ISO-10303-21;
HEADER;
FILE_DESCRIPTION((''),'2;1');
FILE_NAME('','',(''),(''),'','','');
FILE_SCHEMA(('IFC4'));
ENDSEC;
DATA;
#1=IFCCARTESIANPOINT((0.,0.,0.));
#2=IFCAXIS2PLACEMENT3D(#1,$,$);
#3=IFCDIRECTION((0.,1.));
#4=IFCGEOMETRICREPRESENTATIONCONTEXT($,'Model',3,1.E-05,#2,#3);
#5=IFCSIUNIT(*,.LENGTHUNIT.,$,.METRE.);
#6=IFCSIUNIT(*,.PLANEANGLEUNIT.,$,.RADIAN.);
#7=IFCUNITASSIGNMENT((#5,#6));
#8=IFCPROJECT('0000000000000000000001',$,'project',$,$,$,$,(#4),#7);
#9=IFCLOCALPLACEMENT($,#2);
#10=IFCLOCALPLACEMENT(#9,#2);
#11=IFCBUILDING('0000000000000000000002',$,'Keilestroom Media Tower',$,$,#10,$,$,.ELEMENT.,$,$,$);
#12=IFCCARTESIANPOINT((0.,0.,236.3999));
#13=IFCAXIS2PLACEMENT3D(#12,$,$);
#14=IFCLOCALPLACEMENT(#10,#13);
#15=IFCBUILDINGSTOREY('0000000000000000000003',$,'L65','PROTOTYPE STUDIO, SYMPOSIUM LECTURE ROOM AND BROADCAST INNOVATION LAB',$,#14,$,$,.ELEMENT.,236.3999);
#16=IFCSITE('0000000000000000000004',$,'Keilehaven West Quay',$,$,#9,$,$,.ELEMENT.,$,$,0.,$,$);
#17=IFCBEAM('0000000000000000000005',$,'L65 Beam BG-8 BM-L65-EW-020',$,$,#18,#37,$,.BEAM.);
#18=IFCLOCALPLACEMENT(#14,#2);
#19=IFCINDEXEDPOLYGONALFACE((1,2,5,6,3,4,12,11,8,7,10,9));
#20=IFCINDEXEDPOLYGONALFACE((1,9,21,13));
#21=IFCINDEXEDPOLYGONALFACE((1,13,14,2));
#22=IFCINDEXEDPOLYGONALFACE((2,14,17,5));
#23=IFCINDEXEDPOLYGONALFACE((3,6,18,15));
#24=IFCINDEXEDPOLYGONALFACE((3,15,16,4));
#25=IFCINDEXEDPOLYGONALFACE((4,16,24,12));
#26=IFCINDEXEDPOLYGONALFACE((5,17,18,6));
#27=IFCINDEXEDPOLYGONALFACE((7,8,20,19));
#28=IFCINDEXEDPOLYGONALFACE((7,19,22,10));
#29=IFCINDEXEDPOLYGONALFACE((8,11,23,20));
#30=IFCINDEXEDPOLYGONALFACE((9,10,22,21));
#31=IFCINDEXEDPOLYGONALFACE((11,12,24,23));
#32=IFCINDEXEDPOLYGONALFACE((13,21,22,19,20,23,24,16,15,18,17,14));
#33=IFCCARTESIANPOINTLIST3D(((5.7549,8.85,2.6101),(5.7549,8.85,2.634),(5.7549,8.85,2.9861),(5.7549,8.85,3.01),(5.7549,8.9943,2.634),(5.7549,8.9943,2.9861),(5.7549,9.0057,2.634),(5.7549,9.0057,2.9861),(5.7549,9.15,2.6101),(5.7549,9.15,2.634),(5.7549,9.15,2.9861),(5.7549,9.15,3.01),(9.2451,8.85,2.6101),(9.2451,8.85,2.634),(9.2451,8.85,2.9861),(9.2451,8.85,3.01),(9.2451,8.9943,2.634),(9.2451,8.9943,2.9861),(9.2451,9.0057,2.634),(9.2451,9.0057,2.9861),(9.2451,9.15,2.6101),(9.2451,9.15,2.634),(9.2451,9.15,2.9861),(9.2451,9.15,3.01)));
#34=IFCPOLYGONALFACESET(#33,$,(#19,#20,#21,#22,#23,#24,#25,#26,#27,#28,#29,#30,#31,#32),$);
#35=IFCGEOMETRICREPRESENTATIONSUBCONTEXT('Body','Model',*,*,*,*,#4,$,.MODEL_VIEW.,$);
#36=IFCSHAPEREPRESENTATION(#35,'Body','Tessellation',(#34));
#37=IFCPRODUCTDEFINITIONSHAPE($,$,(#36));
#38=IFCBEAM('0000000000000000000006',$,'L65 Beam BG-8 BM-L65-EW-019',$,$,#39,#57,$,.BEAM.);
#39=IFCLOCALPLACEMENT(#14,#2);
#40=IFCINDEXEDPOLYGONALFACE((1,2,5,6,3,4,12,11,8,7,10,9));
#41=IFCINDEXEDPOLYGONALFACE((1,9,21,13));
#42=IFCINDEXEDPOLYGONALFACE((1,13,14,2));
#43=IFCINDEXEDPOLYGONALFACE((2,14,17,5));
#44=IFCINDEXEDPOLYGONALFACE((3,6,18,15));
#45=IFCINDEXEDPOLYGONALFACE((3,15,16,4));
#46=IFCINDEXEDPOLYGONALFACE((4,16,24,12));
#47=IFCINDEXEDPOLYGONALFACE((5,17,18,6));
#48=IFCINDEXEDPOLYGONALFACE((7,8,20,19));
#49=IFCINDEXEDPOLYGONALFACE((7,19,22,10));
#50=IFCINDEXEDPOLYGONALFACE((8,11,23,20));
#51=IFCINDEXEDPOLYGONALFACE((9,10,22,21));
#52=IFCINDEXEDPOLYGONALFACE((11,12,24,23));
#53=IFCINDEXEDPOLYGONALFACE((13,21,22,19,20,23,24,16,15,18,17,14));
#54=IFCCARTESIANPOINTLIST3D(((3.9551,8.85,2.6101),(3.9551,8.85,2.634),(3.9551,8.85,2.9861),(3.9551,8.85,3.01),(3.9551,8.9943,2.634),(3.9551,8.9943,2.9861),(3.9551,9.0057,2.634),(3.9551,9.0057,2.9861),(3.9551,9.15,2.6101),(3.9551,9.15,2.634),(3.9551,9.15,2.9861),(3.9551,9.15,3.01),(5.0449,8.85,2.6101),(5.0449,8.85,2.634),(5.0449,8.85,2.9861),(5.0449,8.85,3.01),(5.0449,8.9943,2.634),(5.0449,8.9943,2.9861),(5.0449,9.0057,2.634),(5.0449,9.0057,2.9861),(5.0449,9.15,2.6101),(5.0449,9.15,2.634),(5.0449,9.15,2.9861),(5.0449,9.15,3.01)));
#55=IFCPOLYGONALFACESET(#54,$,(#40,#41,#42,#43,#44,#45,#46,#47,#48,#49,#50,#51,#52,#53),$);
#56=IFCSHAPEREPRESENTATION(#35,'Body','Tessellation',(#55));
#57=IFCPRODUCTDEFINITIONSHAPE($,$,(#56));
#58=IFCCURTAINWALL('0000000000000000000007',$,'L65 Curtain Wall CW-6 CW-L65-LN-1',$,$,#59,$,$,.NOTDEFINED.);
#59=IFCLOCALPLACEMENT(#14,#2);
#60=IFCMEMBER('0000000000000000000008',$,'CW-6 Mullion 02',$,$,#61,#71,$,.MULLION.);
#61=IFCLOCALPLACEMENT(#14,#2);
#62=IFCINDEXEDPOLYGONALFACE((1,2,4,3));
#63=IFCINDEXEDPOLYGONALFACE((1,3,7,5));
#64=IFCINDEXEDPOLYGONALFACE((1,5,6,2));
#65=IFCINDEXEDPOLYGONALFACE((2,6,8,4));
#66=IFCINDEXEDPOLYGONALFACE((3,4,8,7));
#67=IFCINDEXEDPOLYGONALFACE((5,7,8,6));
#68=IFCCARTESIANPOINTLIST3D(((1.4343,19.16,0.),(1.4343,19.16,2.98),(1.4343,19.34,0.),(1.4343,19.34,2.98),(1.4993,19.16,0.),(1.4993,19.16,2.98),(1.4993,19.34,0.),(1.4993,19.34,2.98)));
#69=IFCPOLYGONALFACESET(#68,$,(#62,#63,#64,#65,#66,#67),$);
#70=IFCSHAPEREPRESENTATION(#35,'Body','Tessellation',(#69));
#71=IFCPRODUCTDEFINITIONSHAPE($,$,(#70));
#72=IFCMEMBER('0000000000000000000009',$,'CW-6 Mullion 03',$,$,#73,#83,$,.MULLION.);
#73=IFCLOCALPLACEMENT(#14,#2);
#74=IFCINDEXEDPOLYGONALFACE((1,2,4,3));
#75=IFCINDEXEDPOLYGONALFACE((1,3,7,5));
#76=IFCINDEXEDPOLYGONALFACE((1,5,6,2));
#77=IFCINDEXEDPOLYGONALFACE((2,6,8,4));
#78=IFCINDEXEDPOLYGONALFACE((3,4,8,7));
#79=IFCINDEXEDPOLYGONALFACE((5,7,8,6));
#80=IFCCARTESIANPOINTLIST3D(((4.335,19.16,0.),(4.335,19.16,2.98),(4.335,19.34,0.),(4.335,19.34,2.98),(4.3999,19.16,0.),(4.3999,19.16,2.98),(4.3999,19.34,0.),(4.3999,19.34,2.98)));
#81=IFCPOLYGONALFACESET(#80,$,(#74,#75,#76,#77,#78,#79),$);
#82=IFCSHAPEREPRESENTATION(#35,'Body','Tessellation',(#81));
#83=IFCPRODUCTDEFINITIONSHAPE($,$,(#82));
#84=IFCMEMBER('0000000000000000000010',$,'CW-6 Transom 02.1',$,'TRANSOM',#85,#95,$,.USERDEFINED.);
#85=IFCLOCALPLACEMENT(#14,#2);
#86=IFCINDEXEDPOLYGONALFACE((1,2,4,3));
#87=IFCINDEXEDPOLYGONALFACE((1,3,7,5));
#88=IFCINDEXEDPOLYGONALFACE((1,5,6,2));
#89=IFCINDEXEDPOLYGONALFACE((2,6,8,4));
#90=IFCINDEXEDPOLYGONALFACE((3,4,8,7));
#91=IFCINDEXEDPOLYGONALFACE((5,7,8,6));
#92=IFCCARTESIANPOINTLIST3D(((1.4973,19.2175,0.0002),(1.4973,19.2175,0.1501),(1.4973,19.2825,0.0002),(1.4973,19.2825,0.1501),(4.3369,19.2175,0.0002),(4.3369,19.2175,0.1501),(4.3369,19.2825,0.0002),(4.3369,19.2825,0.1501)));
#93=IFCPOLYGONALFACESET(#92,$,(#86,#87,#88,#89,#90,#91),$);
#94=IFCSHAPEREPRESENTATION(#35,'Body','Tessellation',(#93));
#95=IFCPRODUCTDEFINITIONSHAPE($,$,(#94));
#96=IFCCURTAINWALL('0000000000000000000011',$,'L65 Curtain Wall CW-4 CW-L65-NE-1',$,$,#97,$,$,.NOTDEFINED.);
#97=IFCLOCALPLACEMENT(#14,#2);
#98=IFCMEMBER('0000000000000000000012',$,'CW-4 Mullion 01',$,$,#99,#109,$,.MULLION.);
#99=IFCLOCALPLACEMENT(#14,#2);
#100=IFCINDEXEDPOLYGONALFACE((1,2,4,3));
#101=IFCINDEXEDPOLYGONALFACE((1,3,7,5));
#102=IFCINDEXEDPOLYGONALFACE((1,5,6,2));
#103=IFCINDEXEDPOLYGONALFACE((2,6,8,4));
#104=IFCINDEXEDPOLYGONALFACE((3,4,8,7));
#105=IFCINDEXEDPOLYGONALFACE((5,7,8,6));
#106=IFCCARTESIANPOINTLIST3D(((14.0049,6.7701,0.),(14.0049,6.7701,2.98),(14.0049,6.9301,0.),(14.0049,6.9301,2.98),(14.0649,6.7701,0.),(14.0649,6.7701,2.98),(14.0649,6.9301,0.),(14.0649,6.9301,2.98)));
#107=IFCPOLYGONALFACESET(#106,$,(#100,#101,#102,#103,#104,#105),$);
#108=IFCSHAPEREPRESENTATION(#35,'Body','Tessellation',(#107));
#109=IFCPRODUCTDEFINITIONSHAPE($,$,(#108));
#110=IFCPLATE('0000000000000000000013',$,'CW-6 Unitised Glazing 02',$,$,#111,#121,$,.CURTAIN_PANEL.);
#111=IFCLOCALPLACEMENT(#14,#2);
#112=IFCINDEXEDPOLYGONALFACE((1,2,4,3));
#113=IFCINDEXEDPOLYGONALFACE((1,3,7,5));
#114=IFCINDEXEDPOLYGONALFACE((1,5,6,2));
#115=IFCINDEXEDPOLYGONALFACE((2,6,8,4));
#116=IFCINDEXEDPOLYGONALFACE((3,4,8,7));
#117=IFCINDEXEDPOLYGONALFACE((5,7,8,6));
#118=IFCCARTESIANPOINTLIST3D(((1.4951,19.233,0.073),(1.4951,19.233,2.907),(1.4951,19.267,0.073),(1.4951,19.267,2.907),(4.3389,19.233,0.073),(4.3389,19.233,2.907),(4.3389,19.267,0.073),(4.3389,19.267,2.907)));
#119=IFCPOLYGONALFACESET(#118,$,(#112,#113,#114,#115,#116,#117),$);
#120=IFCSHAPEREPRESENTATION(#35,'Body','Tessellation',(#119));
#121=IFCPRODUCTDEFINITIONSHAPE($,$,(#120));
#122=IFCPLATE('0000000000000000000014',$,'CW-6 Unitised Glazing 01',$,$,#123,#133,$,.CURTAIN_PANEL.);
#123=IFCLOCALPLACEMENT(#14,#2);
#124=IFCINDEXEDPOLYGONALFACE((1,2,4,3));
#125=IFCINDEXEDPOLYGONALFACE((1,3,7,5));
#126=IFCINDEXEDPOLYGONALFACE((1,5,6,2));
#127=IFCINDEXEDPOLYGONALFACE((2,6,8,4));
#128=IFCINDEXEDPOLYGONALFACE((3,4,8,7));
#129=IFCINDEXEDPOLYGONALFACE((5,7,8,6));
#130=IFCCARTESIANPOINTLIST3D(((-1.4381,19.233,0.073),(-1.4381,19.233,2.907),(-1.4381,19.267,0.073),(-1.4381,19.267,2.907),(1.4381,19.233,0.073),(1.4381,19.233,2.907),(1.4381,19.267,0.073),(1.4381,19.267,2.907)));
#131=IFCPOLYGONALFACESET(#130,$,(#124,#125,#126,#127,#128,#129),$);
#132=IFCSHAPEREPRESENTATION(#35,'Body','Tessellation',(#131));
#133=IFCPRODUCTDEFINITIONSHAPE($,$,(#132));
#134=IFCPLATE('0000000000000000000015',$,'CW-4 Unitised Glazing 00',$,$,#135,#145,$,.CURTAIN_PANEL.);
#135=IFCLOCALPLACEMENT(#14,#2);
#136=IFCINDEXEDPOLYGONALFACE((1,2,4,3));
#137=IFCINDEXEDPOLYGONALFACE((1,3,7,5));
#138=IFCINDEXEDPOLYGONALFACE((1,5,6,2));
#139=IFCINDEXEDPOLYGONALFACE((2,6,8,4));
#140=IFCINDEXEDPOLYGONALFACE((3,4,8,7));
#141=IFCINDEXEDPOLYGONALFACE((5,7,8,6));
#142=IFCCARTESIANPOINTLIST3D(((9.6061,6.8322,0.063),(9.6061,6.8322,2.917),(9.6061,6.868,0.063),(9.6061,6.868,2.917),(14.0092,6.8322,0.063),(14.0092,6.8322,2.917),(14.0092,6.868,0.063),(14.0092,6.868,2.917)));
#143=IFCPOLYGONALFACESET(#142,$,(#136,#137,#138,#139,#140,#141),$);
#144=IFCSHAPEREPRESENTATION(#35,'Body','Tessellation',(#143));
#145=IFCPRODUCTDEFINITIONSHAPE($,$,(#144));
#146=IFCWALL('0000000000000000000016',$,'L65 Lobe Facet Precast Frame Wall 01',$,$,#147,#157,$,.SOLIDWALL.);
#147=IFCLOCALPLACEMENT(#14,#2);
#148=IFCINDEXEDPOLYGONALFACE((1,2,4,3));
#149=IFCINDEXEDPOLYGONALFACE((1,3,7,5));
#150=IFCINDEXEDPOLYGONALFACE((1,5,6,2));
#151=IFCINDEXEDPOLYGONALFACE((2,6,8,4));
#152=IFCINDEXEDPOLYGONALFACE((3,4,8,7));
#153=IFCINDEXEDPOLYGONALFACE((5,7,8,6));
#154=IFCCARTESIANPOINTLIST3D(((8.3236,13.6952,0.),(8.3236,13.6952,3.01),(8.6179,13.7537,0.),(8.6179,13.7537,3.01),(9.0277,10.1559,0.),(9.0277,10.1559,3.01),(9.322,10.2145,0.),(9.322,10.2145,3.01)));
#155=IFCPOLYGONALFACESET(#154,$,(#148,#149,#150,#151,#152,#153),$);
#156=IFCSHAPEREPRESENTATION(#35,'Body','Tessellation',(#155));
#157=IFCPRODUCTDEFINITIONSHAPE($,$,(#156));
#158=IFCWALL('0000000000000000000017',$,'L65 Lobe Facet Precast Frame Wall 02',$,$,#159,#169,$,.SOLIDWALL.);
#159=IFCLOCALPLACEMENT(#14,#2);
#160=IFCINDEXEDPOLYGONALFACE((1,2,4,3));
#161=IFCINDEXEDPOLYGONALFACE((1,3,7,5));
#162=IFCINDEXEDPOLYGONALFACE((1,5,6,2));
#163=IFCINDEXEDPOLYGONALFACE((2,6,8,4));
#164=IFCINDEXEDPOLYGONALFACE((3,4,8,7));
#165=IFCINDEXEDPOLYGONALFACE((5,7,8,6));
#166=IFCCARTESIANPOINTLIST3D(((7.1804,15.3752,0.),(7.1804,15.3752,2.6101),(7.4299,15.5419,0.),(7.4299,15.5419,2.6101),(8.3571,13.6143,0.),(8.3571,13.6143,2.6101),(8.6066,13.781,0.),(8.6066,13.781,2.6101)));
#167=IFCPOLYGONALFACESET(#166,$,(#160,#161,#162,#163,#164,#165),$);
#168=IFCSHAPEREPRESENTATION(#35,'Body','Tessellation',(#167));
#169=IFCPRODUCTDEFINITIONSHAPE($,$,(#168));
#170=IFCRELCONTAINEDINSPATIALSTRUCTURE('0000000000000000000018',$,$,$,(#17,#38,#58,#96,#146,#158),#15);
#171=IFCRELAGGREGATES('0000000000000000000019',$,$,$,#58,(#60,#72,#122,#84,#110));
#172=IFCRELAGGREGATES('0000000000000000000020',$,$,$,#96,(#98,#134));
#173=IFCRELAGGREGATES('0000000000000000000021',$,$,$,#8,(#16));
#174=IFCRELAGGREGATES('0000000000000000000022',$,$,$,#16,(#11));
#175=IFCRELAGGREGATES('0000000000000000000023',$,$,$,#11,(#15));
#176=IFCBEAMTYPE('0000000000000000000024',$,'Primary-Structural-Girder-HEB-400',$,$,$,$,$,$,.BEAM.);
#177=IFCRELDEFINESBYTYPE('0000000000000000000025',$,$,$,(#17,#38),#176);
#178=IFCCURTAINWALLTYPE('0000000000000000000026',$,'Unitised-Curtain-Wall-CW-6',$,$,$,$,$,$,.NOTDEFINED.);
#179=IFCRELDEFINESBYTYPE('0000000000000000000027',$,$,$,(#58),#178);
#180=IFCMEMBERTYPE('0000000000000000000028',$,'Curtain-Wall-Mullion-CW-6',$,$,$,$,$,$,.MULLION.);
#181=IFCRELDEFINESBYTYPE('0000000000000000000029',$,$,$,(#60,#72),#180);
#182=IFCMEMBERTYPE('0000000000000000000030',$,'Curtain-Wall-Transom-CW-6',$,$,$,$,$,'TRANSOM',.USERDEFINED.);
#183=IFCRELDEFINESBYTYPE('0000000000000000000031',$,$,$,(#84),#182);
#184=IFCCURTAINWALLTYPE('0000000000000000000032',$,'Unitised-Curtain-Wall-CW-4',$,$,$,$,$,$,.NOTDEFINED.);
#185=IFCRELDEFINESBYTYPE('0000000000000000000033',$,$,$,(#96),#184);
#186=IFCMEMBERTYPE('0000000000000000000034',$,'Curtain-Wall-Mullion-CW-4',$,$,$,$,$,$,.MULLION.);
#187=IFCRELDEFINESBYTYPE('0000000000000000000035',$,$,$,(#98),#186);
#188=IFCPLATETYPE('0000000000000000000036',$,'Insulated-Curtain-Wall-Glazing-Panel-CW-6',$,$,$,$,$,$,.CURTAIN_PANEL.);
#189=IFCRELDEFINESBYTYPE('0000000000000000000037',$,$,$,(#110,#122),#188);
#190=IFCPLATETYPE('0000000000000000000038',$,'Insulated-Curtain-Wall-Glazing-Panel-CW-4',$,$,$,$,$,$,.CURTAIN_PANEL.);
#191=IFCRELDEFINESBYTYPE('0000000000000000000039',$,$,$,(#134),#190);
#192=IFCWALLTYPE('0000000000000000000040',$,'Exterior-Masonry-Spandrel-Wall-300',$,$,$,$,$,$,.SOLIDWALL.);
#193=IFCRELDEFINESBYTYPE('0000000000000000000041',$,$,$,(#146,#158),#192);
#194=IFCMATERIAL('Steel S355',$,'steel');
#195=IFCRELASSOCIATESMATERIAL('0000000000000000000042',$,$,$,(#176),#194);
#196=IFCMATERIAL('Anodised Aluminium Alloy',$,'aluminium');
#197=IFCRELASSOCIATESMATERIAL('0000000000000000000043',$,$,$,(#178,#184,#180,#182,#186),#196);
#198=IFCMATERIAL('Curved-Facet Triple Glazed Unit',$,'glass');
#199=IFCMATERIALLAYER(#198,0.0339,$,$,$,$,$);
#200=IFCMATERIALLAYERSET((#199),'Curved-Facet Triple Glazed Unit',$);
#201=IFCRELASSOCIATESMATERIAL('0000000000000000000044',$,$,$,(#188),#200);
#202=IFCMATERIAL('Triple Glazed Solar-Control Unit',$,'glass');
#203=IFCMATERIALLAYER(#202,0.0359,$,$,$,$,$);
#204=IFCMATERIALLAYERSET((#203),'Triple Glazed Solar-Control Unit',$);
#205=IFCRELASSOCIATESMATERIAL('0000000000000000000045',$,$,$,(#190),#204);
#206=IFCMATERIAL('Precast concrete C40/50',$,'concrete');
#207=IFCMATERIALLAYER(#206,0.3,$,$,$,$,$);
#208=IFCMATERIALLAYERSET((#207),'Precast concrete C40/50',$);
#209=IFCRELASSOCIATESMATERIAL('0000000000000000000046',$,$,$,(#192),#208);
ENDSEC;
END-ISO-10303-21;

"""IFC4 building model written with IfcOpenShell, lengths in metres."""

from ifc_helpers import new_model, si_unit, direction, frame, frame_2d, origin, origin_2d, place, context, subcontext, project, spatial, rectangle, i_section, extrude, source, transform, mapped, material, layer, layer_set, material_profile, profile_set, type_object, element, aggregate, save


model = new_model("IFC4")

# Units and contexts
model_context = context("Model", 3, precision=1e-05, world=origin(), true_north=direction((0.0, 1.0)))
body_context = subcontext(model_context, "Body", "Model", "MODEL_VIEW")
ifc_project = project(units=[si_unit("LENGTHUNIT", "METRE"), si_unit("PLANEANGLEUNIT", "RADIAN")], contexts=[model_context])

# Site, building, storey
site_placement = place(None, origin())
site = spatial("IfcSite", under=ifc_project, at=site_placement, Name="Keilehaven West Quay", CompositionType="ELEMENT", RefElevation=0.0)
building_placement = place(site_placement, origin())
building = spatial("IfcBuilding", under=site, at=building_placement, Name="Keilestroom Media Tower", CompositionType="ELEMENT")
storey_placement = place(building_placement, frame((0.0, 0.0, 236.3999)))
storey = spatial("IfcBuildingStorey", under=building, at=storey_placement, Name="L65", Description="PROTOTYPE STUDIO, SYMPOSIUM LECTURE ROOM AND BROADCAST INNOVATION LAB", CompositionType="ELEMENT", Elevation=236.3999)

# Shared definitions
ifc_material_1 = material(Name="Precast concrete C40/50", Category="concrete")
ifc_material_2 = material(Name="Steel S355", Category="steel")

# Beams
ifc_material_profile_1 = material_profile(ifc_material_2, i_section(OverallWidth=0.3, OverallDepth=0.3999, WebThickness=0.0115, FlangeThickness=0.0239, at=origin_2d()), Name="HEB 400")
ifc_profile_set_1 = profile_set([ifc_material_profile_1], Name="Steel S355")
beam_type = type_object("IfcBeamType", Name="Primary-Structural-Girder-HEB-400", PredefinedType="BEAM", material=ifc_profile_set_1)
shared_shape_1 = source(origin(), body_context, "Body", "SweptSolid", [
    extrude(i_section(OverallWidth=0.3, OverallDepth=0.3999, WebThickness=0.0115, FlangeThickness=0.0239, at=origin_2d()), origin(), (0.0, 0.0, 1.0), 3.4902),
])
beam_1_placement = place(storey_placement, frame((5.7549, 9.0, 2.8101), z_axis=(1.0, 0.0, 0.0), x_axis=(0.0, 1.0, 0.0)))
element("IfcBeam", 1, at=beam_1_placement, inside=storey, type_object=beam_type, Name="L65 Beam BG-8 BM-L65-EW-020", PredefinedType="BEAM", context=body_context, shape_type="MappedRepresentation", body=[
    mapped(shared_shape_1, transform((0.0, 0.0, 0.0), x_axis=(1.0, 0.0, 0.0), y_axis=(0.0, 1.0, 0.0), z_axis=(0.0, 0.0, 1.0), scale=1.0)),
])
shared_shape_2 = source(origin(), body_context, "Body", "SweptSolid", [
    extrude(i_section(OverallWidth=0.3, OverallDepth=0.3999, WebThickness=0.0115, FlangeThickness=0.0239, at=origin_2d()), origin(), (0.0, 0.0, 1.0), 1.0898),
])
beam_2_placement = place(storey_placement, frame((3.9551, 9.0, 2.8101), z_axis=(1.0, 0.0, 0.0), x_axis=(0.0, 1.0, 0.0)))
element("IfcBeam", 2, at=beam_2_placement, inside=storey, type_object=beam_type, Name="L65 Beam BG-8 BM-L65-EW-019", PredefinedType="BEAM", context=body_context, shape_type="MappedRepresentation", body=[
    mapped(shared_shape_2, transform((0.0, 0.0, 0.0), x_axis=(1.0, 0.0, 0.0), y_axis=(0.0, 1.0, 0.0), z_axis=(0.0, 0.0, 1.0), scale=1.0)),
])

# Curtain wall, members
ifc_material_3 = material(Name="Anodised Aluminium Alloy", Category="aluminium")
curtain_wall_type_1 = type_object("IfcCurtainWallType", Name="Unitised-Curtain-Wall-CW-6", PredefinedType="NOTDEFINED", material=ifc_material_3)
curtain_wall_1_placement = place(storey_placement, origin())
curtain_wall_1 = element("IfcCurtainWall", 3, at=curtain_wall_1_placement, inside=storey, type_object=curtain_wall_type_1, Name="L65 Curtain Wall CW-6 CW-L65-LN-1", PredefinedType="NOTDEFINED")
ifc_material_profile_2 = material_profile(ifc_material_3, rectangle(XDim=0.0649, YDim=0.1799, at=origin_2d()), Name="ALU MULLION 65x180")
ifc_profile_set_2 = profile_set([ifc_material_profile_2], Name="Anodised Aluminium Alloy")
member_type_1 = type_object("IfcMemberType", Name="Curtain-Wall-Mullion-CW-6", PredefinedType="MULLION", material=ifc_profile_set_2)
shared_shape_3 = source(origin(), body_context, "Body", "SweptSolid", [
    extrude(rectangle(XDim=0.0649, YDim=0.1799, at=origin_2d()), origin(), (0.0, 0.0, 1.0), 2.98),
])
member_1_placement = place(storey_placement, frame((1.4668, 19.25, 0.0), z_axis=(0.0, 0.0, 1.0), x_axis=(1.0, 0.0, 0.0)))
member_1 = element("IfcMember", 4, at=member_1_placement, type_object=member_type_1, Name="CW-6 Mullion 02", PredefinedType="MULLION", context=body_context, shape_type="MappedRepresentation", body=[
    mapped(shared_shape_3, transform((0.0, 0.0, 0.0), x_axis=(1.0, 0.0, 0.0), y_axis=(0.0, 1.0, 0.0), z_axis=(0.0, 0.0, 1.0), scale=1.0)),
])
member_2_placement = place(storey_placement, frame((4.3674, 19.25, 0.0), z_axis=(0.0, 0.0, 1.0), x_axis=(1.0, 0.0, 0.0)))
member_2 = element("IfcMember", 5, at=member_2_placement, type_object=member_type_1, Name="CW-6 Mullion 03", PredefinedType="MULLION", context=body_context, shape_type="MappedRepresentation", body=[
    mapped(shared_shape_3, transform((0.0, 0.0, 0.0), x_axis=(1.0, 0.0, 0.0), y_axis=(0.0, 1.0, 0.0), z_axis=(0.0, 0.0, 1.0), scale=1.0)),
])
ifc_material_profile_3 = material_profile(ifc_material_3, rectangle(XDim=0.0649, YDim=0.1499, at=origin_2d()), Name="ALU TRANSOM 65x150")
ifc_profile_set_3 = profile_set([ifc_material_profile_3], Name="Anodised Aluminium Alloy")
member_type_2 = type_object("IfcMemberType", Name="Curtain-Wall-Transom-CW-6", ElementType="TRANSOM", PredefinedType="USERDEFINED", material=ifc_profile_set_3)
shared_shape_4 = source(origin(), body_context, "Body", "SweptSolid", [
    extrude(rectangle(XDim=0.0649, YDim=0.1499, at=origin_2d()), origin(), (0.0, 0.0, 1.0), 2.8396),
])
member_3_placement = place(storey_placement, frame((1.4973, 19.25, 0.0752), z_axis=(1.0, 0.0, 0.0), x_axis=(0.0, 1.0, 0.0)))
member_3 = element("IfcMember", 6, at=member_3_placement, type_object=member_type_2, Name="CW-6 Transom 02.1", ObjectType="TRANSOM", PredefinedType="USERDEFINED", context=body_context, shape_type="MappedRepresentation", body=[
    mapped(shared_shape_4, transform((0.0, 0.0, 0.0), x_axis=(1.0, 0.0, 0.0), y_axis=(0.0, 1.0, 0.0), z_axis=(0.0, 0.0, 1.0), scale=1.0)),
])

# Curtain wall, member
curtain_wall_type_2 = type_object("IfcCurtainWallType", Name="Unitised-Curtain-Wall-CW-4", PredefinedType="NOTDEFINED", material=ifc_material_3)
curtain_wall_2_placement = place(storey_placement, origin())
curtain_wall_2 = element("IfcCurtainWall", 7, at=curtain_wall_2_placement, inside=storey, type_object=curtain_wall_type_2, Name="L65 Curtain Wall CW-4 CW-L65-NE-1", PredefinedType="NOTDEFINED")
ifc_material_profile_4 = material_profile(ifc_material_3, rectangle(XDim=0.0601, YDim=0.1599, at=origin_2d()), Name="ALU MULLION 60x160")
ifc_profile_set_4 = profile_set([ifc_material_profile_4], Name="Anodised Aluminium Alloy")
member_type_3 = type_object("IfcMemberType", Name="Curtain-Wall-Mullion-CW-4", PredefinedType="MULLION", material=ifc_profile_set_4)
shared_shape_5 = source(origin(), body_context, "Body", "SweptSolid", [
    extrude(rectangle(XDim=0.0601, YDim=0.1599, at=origin_2d()), origin(), (0.0, 0.0, 1.0), 2.98),
])
member_4_placement = place(storey_placement, frame((14.0349, 6.8501, 0.0), z_axis=(0.0, 0.0, 1.0), x_axis=(1.0, 0.0, 0.0)))
member_4 = element("IfcMember", 8, at=member_4_placement, type_object=member_type_3, Name="CW-4 Mullion 01", PredefinedType="MULLION", context=body_context, shape_type="MappedRepresentation", body=[
    mapped(shared_shape_5, transform((0.0, 0.0, 0.0), x_axis=(1.0, 0.0, 0.0), y_axis=(0.0, 1.0, 0.0), z_axis=(0.0, 0.0, 1.0), scale=1.0)),
])

# Plates
ifc_material_4 = material(Name="Curved-Facet Triple Glazed Unit", Category="glass")
ifc_layer_1 = layer(ifc_material_4, 0.0339)
ifc_layer_set_1 = layer_set([ifc_layer_1], Name="Curved-Facet Triple Glazed Unit")
plate_type_1 = type_object("IfcPlateType", Name="Insulated-Curtain-Wall-Glazing-Panel-CW-6", PredefinedType="CURTAIN_PANEL", material=ifc_layer_set_1)
shared_shape_6 = source(origin(), body_context, "Body", "SweptSolid", [
    extrude(rectangle(XDim=2.8438, YDim=0.0339, at=origin_2d()), origin(), (0.0, 0.0, 1.0), 2.834),
])
plate_1_placement = place(storey_placement, frame((2.917, 19.25, 0.073), z_axis=(0.0, 0.0, 1.0), x_axis=(1.0, 0.0, 0.0)))
plate_1 = element("IfcPlate", 9, at=plate_1_placement, type_object=plate_type_1, Name="CW-6 Unitised Glazing 02", PredefinedType="CURTAIN_PANEL", context=body_context, shape_type="MappedRepresentation", body=[
    mapped(shared_shape_6, transform((0.0, 0.0, 0.0), x_axis=(1.0, 0.0, 0.0), y_axis=(0.0, 1.0, 0.0), z_axis=(0.0, 0.0, 1.0), scale=1.0)),
])
shared_shape_7 = source(origin(), body_context, "Body", "SweptSolid", [
    extrude(rectangle(XDim=2.8762, YDim=0.0339, at=origin_2d()), origin(), (0.0, 0.0, 1.0), 2.834),
])
plate_2_placement = place(storey_placement, frame((0.0, 19.25, 0.073), z_axis=(0.0, 0.0, 1.0), x_axis=(1.0, 0.0, 0.0)))
plate_2 = element("IfcPlate", 10, at=plate_2_placement, type_object=plate_type_1, Name="CW-6 Unitised Glazing 01", PredefinedType="CURTAIN_PANEL", context=body_context, shape_type="MappedRepresentation", body=[
    mapped(shared_shape_7, transform((0.0, 0.0, 0.0), x_axis=(1.0, 0.0, 0.0), y_axis=(0.0, 1.0, 0.0), z_axis=(0.0, 0.0, 1.0), scale=1.0)),
])
aggregate(curtain_wall_1, [member_1, member_2, plate_2, member_3, plate_1])
ifc_material_5 = material(Name="Triple Glazed Solar-Control Unit", Category="glass")
ifc_layer_2 = layer(ifc_material_5, 0.0359)
ifc_layer_set_2 = layer_set([ifc_layer_2], Name="Triple Glazed Solar-Control Unit")
plate_type_2 = type_object("IfcPlateType", Name="Insulated-Curtain-Wall-Glazing-Panel-CW-4", PredefinedType="CURTAIN_PANEL", material=ifc_layer_set_2)
shared_shape_8 = source(origin(), body_context, "Body", "SweptSolid", [
    extrude(rectangle(XDim=4.4031, YDim=0.0359, at=origin_2d()), origin(), (0.0, 0.0, 1.0), 2.854),
])
plate_3_placement = place(storey_placement, frame((11.8076, 6.8501, 0.063), z_axis=(0.0, 0.0, 1.0), x_axis=(1.0, 0.0, 0.0)))
plate_3 = element("IfcPlate", 11, at=plate_3_placement, type_object=plate_type_2, Name="CW-4 Unitised Glazing 00", PredefinedType="CURTAIN_PANEL", context=body_context, shape_type="MappedRepresentation", body=[
    mapped(shared_shape_8, transform((0.0, 0.0, 0.0), x_axis=(1.0, 0.0, 0.0), y_axis=(0.0, 1.0, 0.0), z_axis=(0.0, 0.0, 1.0), scale=1.0)),
])
aggregate(curtain_wall_2, [member_4, plate_3])

# Walls
ifc_layer_3 = layer(ifc_material_1, 0.3)
ifc_layer_set_3 = layer_set([ifc_layer_3], Name="Precast concrete C40/50")
wall_type_1 = type_object("IfcWallType", Name="Exterior-Masonry-Spandrel-Wall-300", PredefinedType="SOLIDWALL", material=ifc_layer_set_3)
wall_1_placement = place(storey_placement, frame((9.1748, 10.1853, 0.0), z_axis=(0.0, 0.0, 1.0), x_axis=(-0.195114, 0.980781, 0.0)))
element("IfcWall", 12, at=wall_1_placement, inside=storey, type_object=wall_type_1, Name="L65 Lobe Facet Precast Frame Wall 01", PredefinedType="SOLIDWALL", context=body_context, shape_type="SweptSolid", body=[
    extrude(rectangle(XDim=3.6086, YDim=0.3, at=frame_2d((1.8042, 0.0))), origin(), (0.0, 0.0, 1.0), 3.01),
])
wall_2_placement = place(storey_placement, frame((8.4819, 13.6975, 0.0), z_axis=(0.0, 0.0, 1.0), x_axis=(-0.555604, 0.831447, 0.0)))
element("IfcWall", 13, at=wall_2_placement, inside=storey, type_object=wall_type_1, Name="L65 Lobe Facet Precast Frame Wall 02", PredefinedType="SOLIDWALL", context=body_context, shape_type="SweptSolid", body=[
    extrude(rectangle(XDim=2.1179, YDim=0.3, at=frame_2d((1.0591, 0.0))), origin(), (0.0, 0.0, 1.0), 2.6101),
])

save(model, "model.ifc")
